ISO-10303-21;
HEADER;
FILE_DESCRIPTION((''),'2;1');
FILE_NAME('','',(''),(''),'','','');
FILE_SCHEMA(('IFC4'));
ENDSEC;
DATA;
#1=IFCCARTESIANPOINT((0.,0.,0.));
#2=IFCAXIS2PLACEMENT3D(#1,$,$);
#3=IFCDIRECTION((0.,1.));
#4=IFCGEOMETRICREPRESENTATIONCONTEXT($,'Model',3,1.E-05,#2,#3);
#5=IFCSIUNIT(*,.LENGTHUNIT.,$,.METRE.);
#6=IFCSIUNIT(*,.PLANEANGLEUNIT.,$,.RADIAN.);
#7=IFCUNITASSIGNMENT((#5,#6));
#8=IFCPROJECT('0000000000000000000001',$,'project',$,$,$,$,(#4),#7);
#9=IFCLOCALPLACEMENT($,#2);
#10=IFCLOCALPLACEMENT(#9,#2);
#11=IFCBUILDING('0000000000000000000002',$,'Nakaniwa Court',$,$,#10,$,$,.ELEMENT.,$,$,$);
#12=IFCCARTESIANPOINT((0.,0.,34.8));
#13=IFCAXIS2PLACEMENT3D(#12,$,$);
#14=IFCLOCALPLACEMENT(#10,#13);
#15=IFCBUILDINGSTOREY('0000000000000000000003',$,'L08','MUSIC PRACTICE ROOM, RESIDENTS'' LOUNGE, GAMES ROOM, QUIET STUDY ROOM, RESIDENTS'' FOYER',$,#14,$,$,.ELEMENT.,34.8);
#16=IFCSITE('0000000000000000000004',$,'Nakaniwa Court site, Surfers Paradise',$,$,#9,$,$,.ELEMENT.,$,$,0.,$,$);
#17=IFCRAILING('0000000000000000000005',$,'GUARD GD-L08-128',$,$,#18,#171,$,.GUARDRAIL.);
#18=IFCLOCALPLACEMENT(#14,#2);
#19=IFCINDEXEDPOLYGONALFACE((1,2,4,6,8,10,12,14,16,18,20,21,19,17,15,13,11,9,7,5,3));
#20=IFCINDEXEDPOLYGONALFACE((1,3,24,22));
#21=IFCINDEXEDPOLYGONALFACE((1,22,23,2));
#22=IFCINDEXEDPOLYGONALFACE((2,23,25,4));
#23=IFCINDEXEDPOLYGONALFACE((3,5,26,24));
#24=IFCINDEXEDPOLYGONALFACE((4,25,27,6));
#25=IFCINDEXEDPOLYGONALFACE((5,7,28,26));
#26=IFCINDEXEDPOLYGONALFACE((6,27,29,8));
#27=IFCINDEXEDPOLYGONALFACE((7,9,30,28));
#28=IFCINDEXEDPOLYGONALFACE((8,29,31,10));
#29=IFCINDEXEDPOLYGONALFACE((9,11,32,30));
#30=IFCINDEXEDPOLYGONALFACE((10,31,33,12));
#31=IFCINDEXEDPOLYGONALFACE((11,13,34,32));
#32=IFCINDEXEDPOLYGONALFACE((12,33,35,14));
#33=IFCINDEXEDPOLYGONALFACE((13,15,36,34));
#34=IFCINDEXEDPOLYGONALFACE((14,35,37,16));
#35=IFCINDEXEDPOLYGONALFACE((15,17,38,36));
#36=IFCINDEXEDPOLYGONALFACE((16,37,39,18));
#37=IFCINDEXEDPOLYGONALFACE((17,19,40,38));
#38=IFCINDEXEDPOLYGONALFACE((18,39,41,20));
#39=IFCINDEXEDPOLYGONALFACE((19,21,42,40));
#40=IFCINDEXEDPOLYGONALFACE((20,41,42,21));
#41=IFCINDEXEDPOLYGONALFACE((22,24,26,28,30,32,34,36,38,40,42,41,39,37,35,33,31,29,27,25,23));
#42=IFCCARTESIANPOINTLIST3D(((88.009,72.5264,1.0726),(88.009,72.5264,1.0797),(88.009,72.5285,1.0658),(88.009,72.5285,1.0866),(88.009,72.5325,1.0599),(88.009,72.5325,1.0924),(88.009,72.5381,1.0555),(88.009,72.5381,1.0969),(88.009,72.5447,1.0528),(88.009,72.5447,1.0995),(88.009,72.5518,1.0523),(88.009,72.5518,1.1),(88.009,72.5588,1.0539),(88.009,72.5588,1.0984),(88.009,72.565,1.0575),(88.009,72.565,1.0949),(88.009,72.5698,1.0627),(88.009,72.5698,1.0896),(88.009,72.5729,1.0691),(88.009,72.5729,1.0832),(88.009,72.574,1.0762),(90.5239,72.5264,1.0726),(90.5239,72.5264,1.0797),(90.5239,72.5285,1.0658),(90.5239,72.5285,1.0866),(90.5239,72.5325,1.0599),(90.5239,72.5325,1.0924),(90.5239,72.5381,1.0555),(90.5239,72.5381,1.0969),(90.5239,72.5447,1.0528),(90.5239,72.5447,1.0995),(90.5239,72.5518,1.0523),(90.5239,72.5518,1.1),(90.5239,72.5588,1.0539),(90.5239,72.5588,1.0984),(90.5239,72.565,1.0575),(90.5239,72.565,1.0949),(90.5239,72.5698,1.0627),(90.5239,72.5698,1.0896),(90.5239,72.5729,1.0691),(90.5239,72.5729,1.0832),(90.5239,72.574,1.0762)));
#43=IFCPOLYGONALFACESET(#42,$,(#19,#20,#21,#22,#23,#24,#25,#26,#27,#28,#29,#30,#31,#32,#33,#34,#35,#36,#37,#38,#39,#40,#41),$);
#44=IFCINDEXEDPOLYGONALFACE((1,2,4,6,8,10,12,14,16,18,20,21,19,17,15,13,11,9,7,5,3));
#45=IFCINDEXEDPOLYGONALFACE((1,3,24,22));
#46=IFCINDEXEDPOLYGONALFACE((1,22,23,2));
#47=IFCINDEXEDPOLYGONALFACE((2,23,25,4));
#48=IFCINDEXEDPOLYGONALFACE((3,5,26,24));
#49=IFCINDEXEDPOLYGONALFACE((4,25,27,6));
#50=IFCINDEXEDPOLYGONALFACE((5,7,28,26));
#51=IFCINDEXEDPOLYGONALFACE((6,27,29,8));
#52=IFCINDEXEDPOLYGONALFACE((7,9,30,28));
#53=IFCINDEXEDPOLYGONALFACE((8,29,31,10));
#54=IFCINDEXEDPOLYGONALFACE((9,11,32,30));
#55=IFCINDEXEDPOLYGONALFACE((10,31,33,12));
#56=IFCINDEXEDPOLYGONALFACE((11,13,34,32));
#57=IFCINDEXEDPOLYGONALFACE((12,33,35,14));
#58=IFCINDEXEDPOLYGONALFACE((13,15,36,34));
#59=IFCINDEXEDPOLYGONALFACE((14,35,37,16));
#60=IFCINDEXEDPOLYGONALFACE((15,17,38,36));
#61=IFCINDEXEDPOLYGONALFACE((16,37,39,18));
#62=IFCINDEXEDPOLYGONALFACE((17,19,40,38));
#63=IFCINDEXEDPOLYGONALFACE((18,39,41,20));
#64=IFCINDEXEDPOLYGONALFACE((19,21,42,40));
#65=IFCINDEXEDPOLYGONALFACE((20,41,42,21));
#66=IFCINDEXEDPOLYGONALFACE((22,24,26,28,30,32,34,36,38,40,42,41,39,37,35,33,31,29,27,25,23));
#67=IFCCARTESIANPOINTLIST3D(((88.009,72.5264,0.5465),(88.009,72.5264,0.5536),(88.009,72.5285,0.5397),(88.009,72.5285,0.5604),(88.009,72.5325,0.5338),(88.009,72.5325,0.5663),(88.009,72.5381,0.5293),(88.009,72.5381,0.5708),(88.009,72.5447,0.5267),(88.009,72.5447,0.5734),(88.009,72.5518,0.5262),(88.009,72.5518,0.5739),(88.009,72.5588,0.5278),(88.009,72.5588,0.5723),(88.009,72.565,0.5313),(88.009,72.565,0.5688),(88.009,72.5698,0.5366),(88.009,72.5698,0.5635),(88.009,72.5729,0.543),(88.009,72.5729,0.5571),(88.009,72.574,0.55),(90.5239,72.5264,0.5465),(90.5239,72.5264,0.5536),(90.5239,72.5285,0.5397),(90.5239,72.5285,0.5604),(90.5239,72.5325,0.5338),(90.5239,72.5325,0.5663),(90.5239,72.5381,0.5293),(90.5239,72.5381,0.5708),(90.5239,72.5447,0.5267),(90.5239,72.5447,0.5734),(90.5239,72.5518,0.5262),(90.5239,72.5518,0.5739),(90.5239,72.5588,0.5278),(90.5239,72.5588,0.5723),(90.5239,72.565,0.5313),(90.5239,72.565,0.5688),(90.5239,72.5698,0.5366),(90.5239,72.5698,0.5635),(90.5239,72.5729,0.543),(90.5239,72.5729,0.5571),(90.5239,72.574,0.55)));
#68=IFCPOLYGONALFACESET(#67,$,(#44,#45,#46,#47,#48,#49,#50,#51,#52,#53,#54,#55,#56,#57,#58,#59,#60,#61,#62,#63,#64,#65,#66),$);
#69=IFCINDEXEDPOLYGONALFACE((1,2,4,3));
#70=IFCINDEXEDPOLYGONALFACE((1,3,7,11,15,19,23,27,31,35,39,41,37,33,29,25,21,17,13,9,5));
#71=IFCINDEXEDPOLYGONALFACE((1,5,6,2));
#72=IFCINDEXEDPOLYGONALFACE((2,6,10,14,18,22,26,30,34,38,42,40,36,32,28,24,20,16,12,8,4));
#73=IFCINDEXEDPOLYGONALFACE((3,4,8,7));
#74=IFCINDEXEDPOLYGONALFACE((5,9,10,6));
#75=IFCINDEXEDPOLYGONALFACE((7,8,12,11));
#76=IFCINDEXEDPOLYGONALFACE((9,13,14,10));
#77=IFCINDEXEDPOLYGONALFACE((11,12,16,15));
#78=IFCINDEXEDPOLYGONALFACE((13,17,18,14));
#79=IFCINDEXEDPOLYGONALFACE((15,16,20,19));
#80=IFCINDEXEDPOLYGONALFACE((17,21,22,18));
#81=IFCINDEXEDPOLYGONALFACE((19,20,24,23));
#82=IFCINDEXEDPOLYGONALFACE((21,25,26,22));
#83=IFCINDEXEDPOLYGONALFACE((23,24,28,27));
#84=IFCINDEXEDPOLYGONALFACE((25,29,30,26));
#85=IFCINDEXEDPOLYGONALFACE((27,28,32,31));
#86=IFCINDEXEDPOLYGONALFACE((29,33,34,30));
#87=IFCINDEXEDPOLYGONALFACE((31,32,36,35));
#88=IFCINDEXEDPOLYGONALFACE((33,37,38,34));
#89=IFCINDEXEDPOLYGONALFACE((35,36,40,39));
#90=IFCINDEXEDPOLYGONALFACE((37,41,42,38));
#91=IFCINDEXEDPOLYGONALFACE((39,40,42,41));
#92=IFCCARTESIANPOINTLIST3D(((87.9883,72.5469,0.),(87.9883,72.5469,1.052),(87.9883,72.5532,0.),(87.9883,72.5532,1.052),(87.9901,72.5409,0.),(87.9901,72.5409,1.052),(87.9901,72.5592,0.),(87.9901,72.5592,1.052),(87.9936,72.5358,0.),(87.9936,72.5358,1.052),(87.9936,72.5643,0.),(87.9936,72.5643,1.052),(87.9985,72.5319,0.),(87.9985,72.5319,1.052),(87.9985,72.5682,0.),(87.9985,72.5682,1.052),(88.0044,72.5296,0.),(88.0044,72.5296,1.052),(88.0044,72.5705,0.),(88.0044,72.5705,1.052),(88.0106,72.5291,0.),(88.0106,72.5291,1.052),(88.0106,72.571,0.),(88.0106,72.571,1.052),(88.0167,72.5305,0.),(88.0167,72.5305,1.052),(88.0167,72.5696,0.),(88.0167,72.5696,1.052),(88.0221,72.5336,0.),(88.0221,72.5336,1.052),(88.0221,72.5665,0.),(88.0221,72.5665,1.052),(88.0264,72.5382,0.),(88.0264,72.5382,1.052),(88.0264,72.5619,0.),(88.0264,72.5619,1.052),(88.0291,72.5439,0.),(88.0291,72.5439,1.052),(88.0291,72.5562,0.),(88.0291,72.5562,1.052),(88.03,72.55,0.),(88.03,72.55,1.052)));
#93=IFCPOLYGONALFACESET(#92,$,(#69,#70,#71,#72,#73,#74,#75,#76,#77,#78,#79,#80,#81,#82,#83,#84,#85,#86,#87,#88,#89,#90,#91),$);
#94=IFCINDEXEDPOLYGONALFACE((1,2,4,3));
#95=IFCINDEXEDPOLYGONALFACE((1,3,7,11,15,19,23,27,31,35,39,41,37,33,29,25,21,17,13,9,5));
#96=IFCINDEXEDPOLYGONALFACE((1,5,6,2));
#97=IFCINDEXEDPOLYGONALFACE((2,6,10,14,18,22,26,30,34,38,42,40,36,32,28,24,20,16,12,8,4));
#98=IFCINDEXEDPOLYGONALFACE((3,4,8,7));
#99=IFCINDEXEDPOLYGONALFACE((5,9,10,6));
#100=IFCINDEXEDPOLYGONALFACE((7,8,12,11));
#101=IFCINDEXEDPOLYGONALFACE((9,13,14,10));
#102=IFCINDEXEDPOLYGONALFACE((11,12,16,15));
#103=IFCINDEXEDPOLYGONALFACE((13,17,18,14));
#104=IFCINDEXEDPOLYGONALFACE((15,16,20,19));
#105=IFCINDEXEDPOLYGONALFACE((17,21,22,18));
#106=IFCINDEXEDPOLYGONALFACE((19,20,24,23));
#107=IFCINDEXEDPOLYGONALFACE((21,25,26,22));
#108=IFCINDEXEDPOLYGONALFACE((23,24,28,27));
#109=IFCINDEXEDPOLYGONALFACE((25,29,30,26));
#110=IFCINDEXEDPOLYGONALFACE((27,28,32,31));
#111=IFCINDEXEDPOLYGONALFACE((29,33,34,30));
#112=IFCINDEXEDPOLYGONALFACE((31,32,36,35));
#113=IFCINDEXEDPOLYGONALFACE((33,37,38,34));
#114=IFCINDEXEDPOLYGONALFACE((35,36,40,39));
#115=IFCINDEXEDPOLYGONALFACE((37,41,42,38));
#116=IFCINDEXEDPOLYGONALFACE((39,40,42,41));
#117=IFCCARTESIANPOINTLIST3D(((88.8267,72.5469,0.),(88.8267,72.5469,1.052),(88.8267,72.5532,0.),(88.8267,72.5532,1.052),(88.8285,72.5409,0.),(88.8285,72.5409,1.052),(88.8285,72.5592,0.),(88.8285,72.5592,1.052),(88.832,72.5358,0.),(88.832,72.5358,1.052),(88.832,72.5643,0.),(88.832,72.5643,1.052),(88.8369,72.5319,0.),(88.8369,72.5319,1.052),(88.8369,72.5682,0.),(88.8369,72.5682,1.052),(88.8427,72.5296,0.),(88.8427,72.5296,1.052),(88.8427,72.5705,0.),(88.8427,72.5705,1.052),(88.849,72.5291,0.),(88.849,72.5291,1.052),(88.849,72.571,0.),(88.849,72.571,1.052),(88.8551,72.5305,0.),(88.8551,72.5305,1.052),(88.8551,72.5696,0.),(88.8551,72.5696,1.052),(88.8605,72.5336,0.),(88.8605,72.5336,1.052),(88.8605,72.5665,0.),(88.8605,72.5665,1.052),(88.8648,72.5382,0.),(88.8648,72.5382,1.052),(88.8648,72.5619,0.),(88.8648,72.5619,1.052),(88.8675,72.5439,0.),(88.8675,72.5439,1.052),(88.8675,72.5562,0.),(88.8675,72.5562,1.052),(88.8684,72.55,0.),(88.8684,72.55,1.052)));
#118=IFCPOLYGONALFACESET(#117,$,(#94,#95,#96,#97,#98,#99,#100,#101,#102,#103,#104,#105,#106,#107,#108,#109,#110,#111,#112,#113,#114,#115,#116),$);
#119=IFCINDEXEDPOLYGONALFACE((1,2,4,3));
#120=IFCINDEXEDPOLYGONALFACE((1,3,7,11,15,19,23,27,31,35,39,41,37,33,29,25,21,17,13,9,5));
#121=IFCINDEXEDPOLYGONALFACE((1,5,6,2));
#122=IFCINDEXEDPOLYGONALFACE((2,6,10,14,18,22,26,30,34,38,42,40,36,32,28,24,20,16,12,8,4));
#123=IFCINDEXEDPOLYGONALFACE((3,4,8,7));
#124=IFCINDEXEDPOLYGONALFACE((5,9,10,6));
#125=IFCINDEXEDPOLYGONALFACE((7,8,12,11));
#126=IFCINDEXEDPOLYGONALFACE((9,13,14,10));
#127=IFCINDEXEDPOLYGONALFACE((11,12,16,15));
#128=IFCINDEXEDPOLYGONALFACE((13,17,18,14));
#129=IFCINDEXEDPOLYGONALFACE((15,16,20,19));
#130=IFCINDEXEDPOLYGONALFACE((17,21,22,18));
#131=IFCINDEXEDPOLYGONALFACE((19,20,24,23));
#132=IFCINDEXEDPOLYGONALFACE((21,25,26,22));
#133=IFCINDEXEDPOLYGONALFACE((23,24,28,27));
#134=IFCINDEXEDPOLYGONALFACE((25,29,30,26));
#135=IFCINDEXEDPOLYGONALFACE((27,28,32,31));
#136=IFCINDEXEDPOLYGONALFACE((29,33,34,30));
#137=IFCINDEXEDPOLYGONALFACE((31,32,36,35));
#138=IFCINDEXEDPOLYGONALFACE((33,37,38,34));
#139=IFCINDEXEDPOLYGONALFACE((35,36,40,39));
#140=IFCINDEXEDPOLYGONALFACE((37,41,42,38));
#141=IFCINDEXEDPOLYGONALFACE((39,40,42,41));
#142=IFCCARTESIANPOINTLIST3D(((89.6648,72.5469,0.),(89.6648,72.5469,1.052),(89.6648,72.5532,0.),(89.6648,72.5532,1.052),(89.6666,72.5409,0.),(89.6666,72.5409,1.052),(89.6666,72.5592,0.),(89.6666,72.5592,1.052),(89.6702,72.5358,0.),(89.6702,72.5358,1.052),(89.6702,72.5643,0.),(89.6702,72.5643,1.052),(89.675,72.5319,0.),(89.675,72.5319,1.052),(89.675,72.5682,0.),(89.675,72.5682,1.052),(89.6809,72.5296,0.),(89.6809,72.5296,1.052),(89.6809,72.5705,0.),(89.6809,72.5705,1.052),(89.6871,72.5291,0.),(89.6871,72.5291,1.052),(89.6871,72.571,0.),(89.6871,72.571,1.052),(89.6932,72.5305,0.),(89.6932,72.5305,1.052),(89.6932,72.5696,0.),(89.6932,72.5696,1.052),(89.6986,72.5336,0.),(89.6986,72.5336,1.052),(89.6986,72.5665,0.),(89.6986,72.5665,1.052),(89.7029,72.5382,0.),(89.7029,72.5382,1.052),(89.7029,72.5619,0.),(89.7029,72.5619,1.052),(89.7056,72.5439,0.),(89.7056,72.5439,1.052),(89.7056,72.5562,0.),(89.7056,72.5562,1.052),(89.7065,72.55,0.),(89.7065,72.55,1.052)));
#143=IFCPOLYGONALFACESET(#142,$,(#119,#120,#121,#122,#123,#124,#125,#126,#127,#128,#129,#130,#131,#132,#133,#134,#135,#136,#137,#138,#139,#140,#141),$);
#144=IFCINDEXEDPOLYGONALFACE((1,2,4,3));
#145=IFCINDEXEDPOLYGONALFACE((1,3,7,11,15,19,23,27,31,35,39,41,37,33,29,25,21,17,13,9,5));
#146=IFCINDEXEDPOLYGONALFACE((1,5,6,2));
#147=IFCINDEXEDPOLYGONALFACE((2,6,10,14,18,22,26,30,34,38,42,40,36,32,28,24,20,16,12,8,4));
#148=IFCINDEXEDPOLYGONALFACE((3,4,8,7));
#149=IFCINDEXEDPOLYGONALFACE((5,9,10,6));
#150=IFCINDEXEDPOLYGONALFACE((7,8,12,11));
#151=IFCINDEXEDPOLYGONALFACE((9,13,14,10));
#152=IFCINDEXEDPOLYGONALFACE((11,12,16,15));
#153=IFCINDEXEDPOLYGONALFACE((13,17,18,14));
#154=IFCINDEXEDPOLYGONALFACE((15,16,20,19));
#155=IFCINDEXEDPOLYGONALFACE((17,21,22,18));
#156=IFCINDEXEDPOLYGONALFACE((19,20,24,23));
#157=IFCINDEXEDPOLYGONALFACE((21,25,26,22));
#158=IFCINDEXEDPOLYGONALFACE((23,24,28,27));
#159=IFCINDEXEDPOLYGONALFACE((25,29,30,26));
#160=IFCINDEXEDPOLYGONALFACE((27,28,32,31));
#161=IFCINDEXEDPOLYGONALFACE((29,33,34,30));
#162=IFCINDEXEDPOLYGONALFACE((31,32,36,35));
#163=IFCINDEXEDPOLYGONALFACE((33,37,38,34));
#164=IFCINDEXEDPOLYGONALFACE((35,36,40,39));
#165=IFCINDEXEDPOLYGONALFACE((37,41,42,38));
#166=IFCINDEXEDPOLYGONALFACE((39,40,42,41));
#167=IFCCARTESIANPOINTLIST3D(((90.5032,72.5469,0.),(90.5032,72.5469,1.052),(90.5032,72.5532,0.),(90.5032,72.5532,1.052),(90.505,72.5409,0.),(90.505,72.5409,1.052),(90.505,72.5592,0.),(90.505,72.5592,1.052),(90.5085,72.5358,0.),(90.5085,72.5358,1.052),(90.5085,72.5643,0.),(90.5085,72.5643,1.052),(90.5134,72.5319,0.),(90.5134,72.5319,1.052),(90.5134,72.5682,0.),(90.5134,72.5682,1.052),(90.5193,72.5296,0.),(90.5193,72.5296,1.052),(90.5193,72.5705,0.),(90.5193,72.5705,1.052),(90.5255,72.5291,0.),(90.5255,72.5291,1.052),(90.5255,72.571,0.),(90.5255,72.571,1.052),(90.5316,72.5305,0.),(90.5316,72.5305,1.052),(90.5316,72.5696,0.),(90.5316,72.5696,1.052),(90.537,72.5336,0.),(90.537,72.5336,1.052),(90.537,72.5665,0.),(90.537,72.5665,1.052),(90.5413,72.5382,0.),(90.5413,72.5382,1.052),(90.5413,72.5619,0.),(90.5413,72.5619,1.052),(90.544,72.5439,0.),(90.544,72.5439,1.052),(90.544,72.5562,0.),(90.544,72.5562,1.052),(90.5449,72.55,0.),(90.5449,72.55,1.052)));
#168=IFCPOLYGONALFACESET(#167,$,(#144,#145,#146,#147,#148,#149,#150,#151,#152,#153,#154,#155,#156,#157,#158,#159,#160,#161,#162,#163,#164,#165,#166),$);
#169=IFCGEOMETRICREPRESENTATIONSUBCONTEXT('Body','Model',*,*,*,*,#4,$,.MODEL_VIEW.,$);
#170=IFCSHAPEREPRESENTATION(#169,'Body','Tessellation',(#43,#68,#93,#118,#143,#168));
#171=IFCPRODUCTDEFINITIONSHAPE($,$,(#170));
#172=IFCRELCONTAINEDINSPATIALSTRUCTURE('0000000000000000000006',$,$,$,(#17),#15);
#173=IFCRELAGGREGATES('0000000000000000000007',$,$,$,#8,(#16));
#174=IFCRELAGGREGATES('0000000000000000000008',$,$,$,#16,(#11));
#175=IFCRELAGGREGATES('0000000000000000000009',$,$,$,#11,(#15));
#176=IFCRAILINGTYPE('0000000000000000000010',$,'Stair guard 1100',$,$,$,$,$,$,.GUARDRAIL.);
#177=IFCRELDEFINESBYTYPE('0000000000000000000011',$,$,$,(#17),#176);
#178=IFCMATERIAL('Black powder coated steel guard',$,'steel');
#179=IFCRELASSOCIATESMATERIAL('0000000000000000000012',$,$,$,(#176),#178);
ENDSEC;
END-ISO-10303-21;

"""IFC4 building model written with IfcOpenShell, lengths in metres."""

from ifc_helpers import new_model, si_unit, direction, frame, origin, origin_2d, place, context, subcontext, project, spatial, circle, extrude, material, type_object, element, save


model = new_model("IFC4")

# Units and contexts
model_context = context("Model", 3, precision=1e-05, world=origin(), true_north=direction((0.0, 1.0)))
body_context = subcontext(model_context, "Body", "Model", "MODEL_VIEW")
ifc_project = project(units=[si_unit("LENGTHUNIT", "METRE"), si_unit("PLANEANGLEUNIT", "RADIAN")], contexts=[model_context])

# Site, building, storey
site_placement = place(None, origin())
site = spatial("IfcSite", under=ifc_project, at=site_placement, Name="Nakaniwa Court site, Surfers Paradise", CompositionType="ELEMENT", RefElevation=0.0)
building_placement = place(site_placement, origin())
building = spatial("IfcBuilding", under=site, at=building_placement, Name="Nakaniwa Court", CompositionType="ELEMENT")
storey_placement = place(building_placement, frame((0.0, 0.0, 34.8)))
storey = spatial("IfcBuildingStorey", under=building, at=storey_placement, Name="L08", Description="MUSIC PRACTICE ROOM, RESIDENTS' LOUNGE, GAMES ROOM, QUIET STUDY ROOM, RESIDENTS' FOYER", CompositionType="ELEMENT", Elevation=34.8)

# Railing
ifc_material_1 = material(Name="Black powder coated steel guard", Category="steel")
railing_type = type_object("IfcRailingType", Name="Stair guard 1100", PredefinedType="GUARDRAIL", material=ifc_material_1)
railing_placement = place(storey_placement, frame((88.009, 72.55, 0.0)))
element("IfcRailing", 1, at=railing_placement, inside=storey, type_object=railing_type, Name="GUARD GD-L08-128", PredefinedType="GUARDRAIL", context=body_context, shape_type="SweptSolid", body=[
    extrude(circle(Radius=0.0239, at=origin_2d()), frame((0.0, 0.0, 1.0762), z_axis=(1.0, 0.0, 0.0), x_axis=(0.0, 1.0, 0.0)), (0.0, 0.0, 1.0), 2.5149),
    extrude(circle(Radius=0.0239, at=origin_2d()), frame((0.0, 0.0, 0.55), z_axis=(1.0, 0.0, 0.0), x_axis=(0.0, 1.0, 0.0)), (0.0, 0.0, 1.0), 2.5149),
    extrude(circle(Radius=0.021, at=origin_2d()), origin(), (0.0, 0.0, 1.0), 1.052),
    extrude(circle(Radius=0.021, at=origin_2d()), frame((0.8384, 0.0, 0.0)), (0.0, 0.0, 1.0), 1.052),
    extrude(circle(Radius=0.021, at=origin_2d()), frame((1.6765, 0.0, 0.0)), (0.0, 0.0, 1.0), 1.052),
    extrude(circle(Radius=0.021, at=origin_2d()), frame((2.5149, 0.0, 0.0)), (0.0, 0.0, 1.0), 1.052),
])

save(model, "model.ifc")
